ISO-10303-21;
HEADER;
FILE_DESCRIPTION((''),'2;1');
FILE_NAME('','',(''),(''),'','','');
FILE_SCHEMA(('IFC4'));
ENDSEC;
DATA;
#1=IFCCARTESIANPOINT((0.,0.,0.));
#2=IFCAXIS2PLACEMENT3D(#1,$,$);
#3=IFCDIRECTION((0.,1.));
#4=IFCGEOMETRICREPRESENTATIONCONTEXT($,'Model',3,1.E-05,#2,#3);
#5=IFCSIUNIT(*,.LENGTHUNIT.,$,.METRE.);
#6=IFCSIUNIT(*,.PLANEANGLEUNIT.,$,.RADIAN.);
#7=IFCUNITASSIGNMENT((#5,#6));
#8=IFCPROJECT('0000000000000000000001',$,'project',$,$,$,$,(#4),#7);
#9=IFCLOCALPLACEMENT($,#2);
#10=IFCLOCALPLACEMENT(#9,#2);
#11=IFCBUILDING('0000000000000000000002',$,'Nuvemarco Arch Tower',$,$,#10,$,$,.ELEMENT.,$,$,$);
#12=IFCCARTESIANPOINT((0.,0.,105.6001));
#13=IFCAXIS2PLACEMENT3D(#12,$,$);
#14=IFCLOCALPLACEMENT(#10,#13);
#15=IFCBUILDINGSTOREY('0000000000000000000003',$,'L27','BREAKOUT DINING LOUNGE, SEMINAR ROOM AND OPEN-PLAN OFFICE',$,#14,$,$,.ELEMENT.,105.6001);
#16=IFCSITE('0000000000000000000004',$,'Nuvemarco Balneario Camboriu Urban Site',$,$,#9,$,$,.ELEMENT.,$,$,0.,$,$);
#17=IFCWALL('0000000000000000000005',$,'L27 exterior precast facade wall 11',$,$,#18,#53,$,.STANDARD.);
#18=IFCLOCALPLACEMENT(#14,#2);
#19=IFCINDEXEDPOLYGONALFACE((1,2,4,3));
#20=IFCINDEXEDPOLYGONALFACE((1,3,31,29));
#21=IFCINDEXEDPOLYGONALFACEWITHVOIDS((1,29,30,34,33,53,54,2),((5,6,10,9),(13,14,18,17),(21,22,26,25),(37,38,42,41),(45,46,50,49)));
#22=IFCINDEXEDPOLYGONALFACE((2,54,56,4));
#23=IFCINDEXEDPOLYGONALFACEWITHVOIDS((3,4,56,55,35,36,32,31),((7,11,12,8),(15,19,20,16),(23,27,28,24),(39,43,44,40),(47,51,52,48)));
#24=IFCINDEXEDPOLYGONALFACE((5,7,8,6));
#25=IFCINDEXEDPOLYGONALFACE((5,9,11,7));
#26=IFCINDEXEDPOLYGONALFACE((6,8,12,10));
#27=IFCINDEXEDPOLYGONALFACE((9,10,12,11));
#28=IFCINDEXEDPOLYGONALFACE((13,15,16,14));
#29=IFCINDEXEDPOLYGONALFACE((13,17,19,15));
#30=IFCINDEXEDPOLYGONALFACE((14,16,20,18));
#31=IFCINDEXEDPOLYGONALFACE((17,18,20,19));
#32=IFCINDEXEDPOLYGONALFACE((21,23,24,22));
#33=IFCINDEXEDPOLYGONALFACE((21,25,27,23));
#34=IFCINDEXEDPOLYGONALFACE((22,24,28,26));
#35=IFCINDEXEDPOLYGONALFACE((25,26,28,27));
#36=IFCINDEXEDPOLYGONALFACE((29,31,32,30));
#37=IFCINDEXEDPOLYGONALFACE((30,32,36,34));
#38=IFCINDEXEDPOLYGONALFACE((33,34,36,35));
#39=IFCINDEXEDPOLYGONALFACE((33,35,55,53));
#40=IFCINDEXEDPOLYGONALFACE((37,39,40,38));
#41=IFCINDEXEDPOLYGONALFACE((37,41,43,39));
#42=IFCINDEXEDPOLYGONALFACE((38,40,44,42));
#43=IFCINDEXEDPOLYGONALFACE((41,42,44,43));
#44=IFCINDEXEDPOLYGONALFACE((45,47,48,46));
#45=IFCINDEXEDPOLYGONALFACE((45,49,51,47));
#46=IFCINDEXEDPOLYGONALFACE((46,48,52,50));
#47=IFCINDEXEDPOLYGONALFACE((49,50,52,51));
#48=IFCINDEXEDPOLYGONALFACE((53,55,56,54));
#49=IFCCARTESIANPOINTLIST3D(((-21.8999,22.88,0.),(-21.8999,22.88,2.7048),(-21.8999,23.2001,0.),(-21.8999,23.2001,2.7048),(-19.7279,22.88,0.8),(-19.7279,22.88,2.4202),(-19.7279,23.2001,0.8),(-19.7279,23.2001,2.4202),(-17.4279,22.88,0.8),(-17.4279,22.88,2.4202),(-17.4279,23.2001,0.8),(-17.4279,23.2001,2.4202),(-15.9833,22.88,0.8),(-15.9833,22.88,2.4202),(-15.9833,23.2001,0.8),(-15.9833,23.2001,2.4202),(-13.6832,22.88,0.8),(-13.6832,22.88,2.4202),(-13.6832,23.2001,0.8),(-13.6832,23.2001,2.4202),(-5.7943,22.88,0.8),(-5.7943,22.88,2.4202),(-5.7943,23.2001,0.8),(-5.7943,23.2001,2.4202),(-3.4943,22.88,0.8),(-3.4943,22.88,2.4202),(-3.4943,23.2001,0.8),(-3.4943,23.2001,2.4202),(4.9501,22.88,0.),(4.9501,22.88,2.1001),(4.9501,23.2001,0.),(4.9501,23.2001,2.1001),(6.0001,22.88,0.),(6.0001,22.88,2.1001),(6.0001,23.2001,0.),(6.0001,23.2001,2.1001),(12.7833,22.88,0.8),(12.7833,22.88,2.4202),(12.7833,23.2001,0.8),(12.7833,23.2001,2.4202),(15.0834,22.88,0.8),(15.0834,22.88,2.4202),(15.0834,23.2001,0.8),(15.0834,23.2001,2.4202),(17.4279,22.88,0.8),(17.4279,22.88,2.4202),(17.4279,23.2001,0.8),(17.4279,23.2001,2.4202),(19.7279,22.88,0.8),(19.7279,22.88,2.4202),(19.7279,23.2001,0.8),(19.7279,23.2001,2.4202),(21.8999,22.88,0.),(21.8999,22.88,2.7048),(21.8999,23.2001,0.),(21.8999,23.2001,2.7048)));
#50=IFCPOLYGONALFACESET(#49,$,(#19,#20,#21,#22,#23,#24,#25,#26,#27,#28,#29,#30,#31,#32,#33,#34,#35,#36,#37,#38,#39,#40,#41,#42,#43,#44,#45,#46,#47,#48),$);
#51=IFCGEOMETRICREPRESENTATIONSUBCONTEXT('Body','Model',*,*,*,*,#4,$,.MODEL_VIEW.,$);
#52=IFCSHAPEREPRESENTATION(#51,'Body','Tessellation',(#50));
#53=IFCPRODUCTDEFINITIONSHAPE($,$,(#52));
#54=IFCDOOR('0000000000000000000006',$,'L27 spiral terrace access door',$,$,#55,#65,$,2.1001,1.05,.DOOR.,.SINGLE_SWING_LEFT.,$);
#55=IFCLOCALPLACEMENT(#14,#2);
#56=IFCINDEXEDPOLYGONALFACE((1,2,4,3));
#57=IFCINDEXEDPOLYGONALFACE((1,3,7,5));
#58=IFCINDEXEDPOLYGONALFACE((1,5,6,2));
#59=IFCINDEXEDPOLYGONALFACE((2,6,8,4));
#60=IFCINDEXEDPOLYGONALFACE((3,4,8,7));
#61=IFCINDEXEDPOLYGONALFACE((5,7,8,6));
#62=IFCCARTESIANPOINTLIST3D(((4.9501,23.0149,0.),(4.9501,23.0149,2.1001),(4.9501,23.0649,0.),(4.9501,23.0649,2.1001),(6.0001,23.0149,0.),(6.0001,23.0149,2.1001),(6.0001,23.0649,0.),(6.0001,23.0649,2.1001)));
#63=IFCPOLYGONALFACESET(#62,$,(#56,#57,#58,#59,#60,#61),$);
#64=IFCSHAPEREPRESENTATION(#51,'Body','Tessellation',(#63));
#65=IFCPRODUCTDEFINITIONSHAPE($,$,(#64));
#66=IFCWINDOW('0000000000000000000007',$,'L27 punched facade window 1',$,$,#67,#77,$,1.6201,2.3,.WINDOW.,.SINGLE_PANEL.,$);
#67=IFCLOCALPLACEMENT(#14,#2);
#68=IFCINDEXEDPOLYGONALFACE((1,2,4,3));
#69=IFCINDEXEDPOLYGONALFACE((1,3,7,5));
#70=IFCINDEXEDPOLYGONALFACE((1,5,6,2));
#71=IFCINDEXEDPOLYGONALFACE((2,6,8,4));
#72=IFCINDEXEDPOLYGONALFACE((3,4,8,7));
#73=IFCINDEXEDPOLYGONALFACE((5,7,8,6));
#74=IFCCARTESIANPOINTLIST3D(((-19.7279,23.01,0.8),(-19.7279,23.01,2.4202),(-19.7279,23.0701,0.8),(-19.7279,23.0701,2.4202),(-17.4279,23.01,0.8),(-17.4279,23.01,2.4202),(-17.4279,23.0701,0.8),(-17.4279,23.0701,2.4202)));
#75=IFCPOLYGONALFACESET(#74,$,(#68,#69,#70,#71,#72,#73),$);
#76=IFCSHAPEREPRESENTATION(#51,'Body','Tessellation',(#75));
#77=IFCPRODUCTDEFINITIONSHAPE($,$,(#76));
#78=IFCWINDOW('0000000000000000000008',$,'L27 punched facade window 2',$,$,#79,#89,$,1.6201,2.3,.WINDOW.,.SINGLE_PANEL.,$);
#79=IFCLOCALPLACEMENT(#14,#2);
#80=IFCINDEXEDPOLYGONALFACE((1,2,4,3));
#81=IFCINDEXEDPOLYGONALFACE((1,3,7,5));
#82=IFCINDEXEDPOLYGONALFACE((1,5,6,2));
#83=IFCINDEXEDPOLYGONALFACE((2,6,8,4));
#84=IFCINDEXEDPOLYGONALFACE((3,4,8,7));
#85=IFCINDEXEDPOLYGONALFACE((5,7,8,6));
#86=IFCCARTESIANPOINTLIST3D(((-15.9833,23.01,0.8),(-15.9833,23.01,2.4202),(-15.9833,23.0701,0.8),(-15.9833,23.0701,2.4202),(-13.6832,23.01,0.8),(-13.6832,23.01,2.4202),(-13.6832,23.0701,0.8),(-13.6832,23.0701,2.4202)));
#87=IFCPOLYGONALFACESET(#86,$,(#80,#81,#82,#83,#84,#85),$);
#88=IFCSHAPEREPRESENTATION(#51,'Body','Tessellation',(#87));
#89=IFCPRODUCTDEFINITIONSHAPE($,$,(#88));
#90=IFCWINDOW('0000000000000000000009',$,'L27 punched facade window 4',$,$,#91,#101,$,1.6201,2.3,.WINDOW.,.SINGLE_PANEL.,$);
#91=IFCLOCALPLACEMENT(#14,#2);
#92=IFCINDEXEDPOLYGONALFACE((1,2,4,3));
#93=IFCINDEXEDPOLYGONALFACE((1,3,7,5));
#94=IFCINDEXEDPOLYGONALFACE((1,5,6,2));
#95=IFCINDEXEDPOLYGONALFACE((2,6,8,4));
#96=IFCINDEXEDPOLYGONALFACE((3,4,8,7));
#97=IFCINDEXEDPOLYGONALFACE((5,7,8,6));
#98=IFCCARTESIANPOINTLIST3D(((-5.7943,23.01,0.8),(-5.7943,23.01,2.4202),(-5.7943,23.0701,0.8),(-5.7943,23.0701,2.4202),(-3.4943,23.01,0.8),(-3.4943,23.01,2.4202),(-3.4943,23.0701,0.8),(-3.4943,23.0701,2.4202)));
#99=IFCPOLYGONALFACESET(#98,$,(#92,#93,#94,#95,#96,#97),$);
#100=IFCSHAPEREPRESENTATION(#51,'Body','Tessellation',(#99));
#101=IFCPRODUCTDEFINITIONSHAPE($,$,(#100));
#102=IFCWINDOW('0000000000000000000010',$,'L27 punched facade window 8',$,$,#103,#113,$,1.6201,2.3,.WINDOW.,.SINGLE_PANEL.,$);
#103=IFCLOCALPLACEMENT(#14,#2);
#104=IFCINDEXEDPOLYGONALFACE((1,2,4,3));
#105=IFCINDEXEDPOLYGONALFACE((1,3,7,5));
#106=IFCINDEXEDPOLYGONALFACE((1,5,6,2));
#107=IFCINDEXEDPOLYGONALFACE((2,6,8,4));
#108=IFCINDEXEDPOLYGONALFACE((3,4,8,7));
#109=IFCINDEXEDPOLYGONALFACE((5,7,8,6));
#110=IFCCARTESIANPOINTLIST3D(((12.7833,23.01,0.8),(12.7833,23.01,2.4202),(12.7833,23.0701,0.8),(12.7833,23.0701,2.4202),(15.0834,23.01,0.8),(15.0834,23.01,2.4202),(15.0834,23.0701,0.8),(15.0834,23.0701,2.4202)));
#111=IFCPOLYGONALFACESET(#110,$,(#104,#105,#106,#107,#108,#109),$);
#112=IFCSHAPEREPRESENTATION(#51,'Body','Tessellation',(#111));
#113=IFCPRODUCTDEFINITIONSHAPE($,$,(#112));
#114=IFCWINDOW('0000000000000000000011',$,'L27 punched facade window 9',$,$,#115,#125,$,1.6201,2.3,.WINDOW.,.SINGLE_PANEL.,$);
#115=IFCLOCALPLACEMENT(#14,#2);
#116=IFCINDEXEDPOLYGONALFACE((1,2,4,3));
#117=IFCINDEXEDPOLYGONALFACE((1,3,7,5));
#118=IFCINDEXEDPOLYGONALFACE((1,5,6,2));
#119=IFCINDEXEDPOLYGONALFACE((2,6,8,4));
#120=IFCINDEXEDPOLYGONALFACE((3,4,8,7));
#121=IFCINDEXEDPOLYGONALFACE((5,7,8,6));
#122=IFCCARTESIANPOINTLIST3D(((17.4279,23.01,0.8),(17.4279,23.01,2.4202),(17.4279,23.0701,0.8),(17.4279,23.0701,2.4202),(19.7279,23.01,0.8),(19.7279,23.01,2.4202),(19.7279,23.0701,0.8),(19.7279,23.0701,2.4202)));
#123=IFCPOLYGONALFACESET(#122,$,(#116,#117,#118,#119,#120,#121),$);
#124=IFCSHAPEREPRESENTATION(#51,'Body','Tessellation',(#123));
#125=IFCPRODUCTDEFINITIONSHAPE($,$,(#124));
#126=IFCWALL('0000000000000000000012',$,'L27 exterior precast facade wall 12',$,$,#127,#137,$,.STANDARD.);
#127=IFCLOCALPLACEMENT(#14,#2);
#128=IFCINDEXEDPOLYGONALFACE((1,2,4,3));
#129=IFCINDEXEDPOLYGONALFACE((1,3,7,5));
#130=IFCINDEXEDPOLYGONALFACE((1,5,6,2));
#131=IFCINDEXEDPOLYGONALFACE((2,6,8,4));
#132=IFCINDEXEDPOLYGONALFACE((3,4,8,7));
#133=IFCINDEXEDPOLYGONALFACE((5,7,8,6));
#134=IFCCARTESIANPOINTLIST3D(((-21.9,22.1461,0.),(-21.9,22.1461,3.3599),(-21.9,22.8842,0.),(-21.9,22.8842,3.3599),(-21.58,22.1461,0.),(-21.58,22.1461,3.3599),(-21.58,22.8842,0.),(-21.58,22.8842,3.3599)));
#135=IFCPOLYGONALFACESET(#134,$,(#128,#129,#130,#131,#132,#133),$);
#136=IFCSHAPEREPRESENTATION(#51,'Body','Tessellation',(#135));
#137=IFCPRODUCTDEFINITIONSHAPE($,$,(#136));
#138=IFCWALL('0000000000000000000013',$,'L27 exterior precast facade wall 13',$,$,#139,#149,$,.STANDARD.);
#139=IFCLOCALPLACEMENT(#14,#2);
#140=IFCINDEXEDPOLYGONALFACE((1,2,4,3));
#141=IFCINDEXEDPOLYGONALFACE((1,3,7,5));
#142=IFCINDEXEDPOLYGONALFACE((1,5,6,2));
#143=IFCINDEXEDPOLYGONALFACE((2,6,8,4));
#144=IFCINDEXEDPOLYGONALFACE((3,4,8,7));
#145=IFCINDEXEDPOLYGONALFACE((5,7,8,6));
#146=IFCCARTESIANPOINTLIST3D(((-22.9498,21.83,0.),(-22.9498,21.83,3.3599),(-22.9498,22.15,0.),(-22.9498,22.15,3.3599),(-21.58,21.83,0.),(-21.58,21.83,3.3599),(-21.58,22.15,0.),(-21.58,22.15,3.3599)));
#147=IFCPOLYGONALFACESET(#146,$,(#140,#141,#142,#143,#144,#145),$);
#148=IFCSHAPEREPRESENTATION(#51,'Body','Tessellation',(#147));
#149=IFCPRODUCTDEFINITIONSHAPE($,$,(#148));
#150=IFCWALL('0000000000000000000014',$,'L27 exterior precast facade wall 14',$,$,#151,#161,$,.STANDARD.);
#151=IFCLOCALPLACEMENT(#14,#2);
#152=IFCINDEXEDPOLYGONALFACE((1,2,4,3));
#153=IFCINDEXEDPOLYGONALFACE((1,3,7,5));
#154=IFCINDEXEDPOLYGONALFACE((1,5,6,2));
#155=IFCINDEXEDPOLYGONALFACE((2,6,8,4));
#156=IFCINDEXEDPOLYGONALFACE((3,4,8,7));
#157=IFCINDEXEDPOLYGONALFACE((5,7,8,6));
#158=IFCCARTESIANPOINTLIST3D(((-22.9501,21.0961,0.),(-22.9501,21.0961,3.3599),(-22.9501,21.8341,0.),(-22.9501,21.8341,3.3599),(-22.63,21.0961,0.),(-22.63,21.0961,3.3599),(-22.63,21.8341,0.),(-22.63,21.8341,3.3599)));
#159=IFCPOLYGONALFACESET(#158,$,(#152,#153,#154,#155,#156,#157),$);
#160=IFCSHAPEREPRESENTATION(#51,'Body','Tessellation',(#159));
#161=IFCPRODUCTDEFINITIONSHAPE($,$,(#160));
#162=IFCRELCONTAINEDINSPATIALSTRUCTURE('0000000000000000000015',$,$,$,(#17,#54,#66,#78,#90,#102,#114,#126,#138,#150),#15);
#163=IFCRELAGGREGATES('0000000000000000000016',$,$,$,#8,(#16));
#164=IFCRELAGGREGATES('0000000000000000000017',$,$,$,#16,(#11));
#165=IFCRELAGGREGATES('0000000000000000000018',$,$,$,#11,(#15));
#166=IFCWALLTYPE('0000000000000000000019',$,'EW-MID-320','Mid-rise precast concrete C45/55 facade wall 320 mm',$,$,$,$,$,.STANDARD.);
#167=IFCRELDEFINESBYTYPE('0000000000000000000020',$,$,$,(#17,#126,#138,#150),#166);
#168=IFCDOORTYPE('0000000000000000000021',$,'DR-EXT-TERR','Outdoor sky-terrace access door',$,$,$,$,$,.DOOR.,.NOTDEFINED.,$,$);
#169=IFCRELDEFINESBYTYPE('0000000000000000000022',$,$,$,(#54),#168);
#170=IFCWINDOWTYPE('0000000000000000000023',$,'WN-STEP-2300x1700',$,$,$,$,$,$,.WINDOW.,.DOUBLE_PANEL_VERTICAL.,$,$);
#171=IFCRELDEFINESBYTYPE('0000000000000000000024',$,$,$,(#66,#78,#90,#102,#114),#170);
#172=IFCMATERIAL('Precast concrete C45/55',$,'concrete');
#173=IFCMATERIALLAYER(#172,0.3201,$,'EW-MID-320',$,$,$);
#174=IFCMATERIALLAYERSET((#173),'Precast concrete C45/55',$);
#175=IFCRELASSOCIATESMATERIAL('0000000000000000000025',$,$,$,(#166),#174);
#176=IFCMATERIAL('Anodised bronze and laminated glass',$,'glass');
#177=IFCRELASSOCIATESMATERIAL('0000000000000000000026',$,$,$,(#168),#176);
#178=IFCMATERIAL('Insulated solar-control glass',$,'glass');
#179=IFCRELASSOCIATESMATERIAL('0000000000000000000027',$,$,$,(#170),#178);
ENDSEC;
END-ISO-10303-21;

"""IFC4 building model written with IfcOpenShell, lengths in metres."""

from ifc_helpers import new_model, si_unit, direction, frame, frame_2d, origin, place, context, subcontext, project, spatial, rectangle, extrude, source, transform, mapped, material, layer, layer_set, type_object, type_shapes, element, fill, save


model = new_model("IFC4")

# Units and contexts
model_context = context("Model", 3, precision=1e-05, world=origin(), true_north=direction((0.0, 1.0)))
body_context = subcontext(model_context, "Body", "Model", "MODEL_VIEW")
ifc_project = project(units=[si_unit("LENGTHUNIT", "METRE"), si_unit("PLANEANGLEUNIT", "RADIAN")], contexts=[model_context])

# Site, building, storey
site_placement = place(None, origin())
site = spatial("IfcSite", under=ifc_project, at=site_placement, Name="Nuvemarco Balneario Camboriu Urban Site", CompositionType="ELEMENT", RefElevation=0.0)
building_placement = place(site_placement, origin())
building = spatial("IfcBuilding", under=site, at=building_placement, Name="Nuvemarco Arch Tower", CompositionType="ELEMENT")
storey_placement = place(building_placement, frame((0.0, 0.0, 105.6001)))
storey = spatial("IfcBuildingStorey", under=building, at=storey_placement, Name="L27", Description="BREAKOUT DINING LOUNGE, SEMINAR ROOM AND OPEN-PLAN OFFICE", CompositionType="ELEMENT", Elevation=105.6001)

# Wall, openings, door, windows
ifc_material_1 = material(Name="Precast concrete C45/55", Category="concrete")
ifc_layer = layer(ifc_material_1, 0.3201, Name="EW-MID-320")
ifc_layer_set = layer_set([ifc_layer], Name="Precast concrete C45/55")
wall_type = type_object("IfcWallType", Name="EW-MID-320", Description="Mid-rise precast concrete C45/55 facade wall 320 mm", PredefinedType="STANDARD", material=ifc_layer_set)
wall_1_placement = place(storey_placement, frame((-21.8999, 23.04, 0.0), z_axis=(0.0, 0.0, 1.0), x_axis=(1.0, 0.0, 0.0)))
wall_1 = element("IfcWall", 1, at=wall_1_placement, inside=storey, type_object=wall_type, Name="L27 exterior precast facade wall 11", PredefinedType="STANDARD", context=body_context, shape_type="SweptSolid", body=[
    extrude(rectangle(XDim=43.7998, YDim=0.3201, at=frame_2d((21.8999, 0.0))), origin(), (0.0, 0.0, 1.0), 2.7048),
])
opening_1_placement = place(wall_1_placement, frame((26.8501, 0.0, 0.0)))
opening_1 = element("IfcOpeningElement", 2, at=opening_1_placement, cuts=wall_1, PredefinedType="OPENING", context=body_context, shape_type="SweptSolid", body=[
    extrude(rectangle(XDim=1.05, YDim=2.1001, at=frame_2d((0.5249, 1.05))), frame((0.0, 0.1699, 0.0), z_axis=(0.0, -1.0, 0.0), x_axis=(1.0, 0.0, 0.0)), (0.0, 0.0, 1.0), 0.3401),
])
opening_2_placement = place(wall_1_placement, frame((2.1721, 0.0, 0.8)))
opening_2 = element("IfcOpeningElement", 3, at=opening_2_placement, cuts=wall_1, PredefinedType="OPENING", context=body_context, shape_type="SweptSolid", body=[
    extrude(rectangle(XDim=2.3, YDim=1.6201, at=frame_2d((1.1499, 0.8101))), frame((0.0, 0.1699, 0.0), z_axis=(0.0, -1.0, 0.0), x_axis=(1.0, 0.0, 0.0)), (0.0, 0.0, 1.0), 0.3401),
])
opening_3_placement = place(wall_1_placement, frame((5.9167, 0.0, 0.8)))
opening_3 = element("IfcOpeningElement", 4, at=opening_3_placement, cuts=wall_1, PredefinedType="OPENING", context=body_context, shape_type="SweptSolid", body=[
    extrude(rectangle(XDim=2.3, YDim=1.6201, at=frame_2d((1.1499, 0.8101))), frame((0.0, 0.1699, 0.0), z_axis=(0.0, -1.0, 0.0), x_axis=(1.0, 0.0, 0.0)), (0.0, 0.0, 1.0), 0.3401),
])
opening_4_placement = place(wall_1_placement, frame((16.1057, 0.0, 0.8)))
opening_4 = element("IfcOpeningElement", 5, at=opening_4_placement, cuts=wall_1, PredefinedType="OPENING", context=body_context, shape_type="SweptSolid", body=[
    extrude(rectangle(XDim=2.3, YDim=1.6201, at=frame_2d((1.1499, 0.8101))), frame((0.0, 0.1699, 0.0), z_axis=(0.0, -1.0, 0.0), x_axis=(1.0, 0.0, 0.0)), (0.0, 0.0, 1.0), 0.3401),
])
opening_5_placement = place(wall_1_placement, frame((34.6833, 0.0, 0.8)))
opening_5 = element("IfcOpeningElement", 6, at=opening_5_placement, cuts=wall_1, PredefinedType="OPENING", context=body_context, shape_type="SweptSolid", body=[
    extrude(rectangle(XDim=2.3, YDim=1.6201, at=frame_2d((1.1499, 0.8101))), frame((0.0, 0.1699, 0.0), z_axis=(0.0, -1.0, 0.0), x_axis=(1.0, 0.0, 0.0)), (0.0, 0.0, 1.0), 0.3401),
])
opening_6_placement = place(wall_1_placement, frame((39.3279, 0.0, 0.8)))
opening_6 = element("IfcOpeningElement", 7, at=opening_6_placement, cuts=wall_1, PredefinedType="OPENING", context=body_context, shape_type="SweptSolid", body=[
    extrude(rectangle(XDim=2.3, YDim=1.6201, at=frame_2d((1.1499, 0.8101))), frame((0.0, 0.1699, 0.0), z_axis=(0.0, -1.0, 0.0), x_axis=(1.0, 0.0, 0.0)), (0.0, 0.0, 1.0), 0.3401),
])
ifc_material_2 = material(Name="Anodised bronze and laminated glass", Category="glass")
door_type = type_object("IfcDoorType", Name="DR-EXT-TERR", Description="Outdoor sky-terrace access door", OperationType="NOTDEFINED", PredefinedType="DOOR", material=ifc_material_2)
shared_shape_1 = source(origin(), body_context, "Body", "SweptSolid", [
    extrude(rectangle(XDim=1.05, YDim=2.1001, at=frame_2d((0.5249, 1.05))), frame((0.0, 0.0249, 0.0), z_axis=(0.0, -1.0, 0.0), x_axis=(1.0, 0.0, 0.0)), (0.0, 0.0, 1.0), 0.05),
])
type_shapes(door_type, [shared_shape_1])
door_placement = place(opening_1_placement, origin())
door = element("IfcDoor", 8, at=door_placement, inside=storey, type_object=door_type, Name="L27 spiral terrace access door", OperationType="SINGLE_SWING_LEFT", OverallHeight=2.1001, OverallWidth=1.05, PredefinedType="DOOR", context=body_context, shape_type="MappedRepresentation", body=[
    mapped(shared_shape_1, transform((0.0, 0.0, 0.0), scale=1.0)),
])
fill(opening_1, door)
ifc_material_3 = material(Name="Insulated solar-control glass", Category="glass")
window_type = type_object("IfcWindowType", Name="WN-STEP-2300x1700", PartitioningType="DOUBLE_PANEL_VERTICAL", PredefinedType="WINDOW", material=ifc_material_3)
shared_shape_2 = source(origin(), body_context, "Body", "SweptSolid", [
    extrude(rectangle(XDim=2.3, YDim=1.6201, at=frame_2d((1.1499, 0.8101))), frame((0.0, 0.03, 0.0), z_axis=(0.0, -1.0, 0.0), x_axis=(1.0, 0.0, 0.0)), (0.0, 0.0, 1.0), 0.0601),
])
type_shapes(window_type, [shared_shape_2])
window_1_placement = place(opening_2_placement, origin())
window_1 = element("IfcWindow", 9, at=window_1_placement, inside=storey, type_object=window_type, Name="L27 punched facade window 1", OverallHeight=1.6201, OverallWidth=2.3, PartitioningType="SINGLE_PANEL", PredefinedType="WINDOW", context=body_context, shape_type="MappedRepresentation", body=[
    mapped(shared_shape_2, transform((0.0, 0.0, 0.0), scale=1.0)),
])
fill(opening_2, window_1)
window_2_placement = place(opening_3_placement, origin())
window_2 = element("IfcWindow", 10, at=window_2_placement, inside=storey, type_object=window_type, Name="L27 punched facade window 2", OverallHeight=1.6201, OverallWidth=2.3, PartitioningType="SINGLE_PANEL", PredefinedType="WINDOW", context=body_context, shape_type="MappedRepresentation", body=[
    mapped(shared_shape_2, transform((0.0, 0.0, 0.0), scale=1.0)),
])
fill(opening_3, window_2)
window_3_placement = place(opening_4_placement, origin())
window_3 = element("IfcWindow", 11, at=window_3_placement, inside=storey, type_object=window_type, Name="L27 punched facade window 4", OverallHeight=1.6201, OverallWidth=2.3, PartitioningType="SINGLE_PANEL", PredefinedType="WINDOW", context=body_context, shape_type="MappedRepresentation", body=[
    mapped(shared_shape_2, transform((0.0, 0.0, 0.0), scale=1.0)),
])
fill(opening_4, window_3)
window_4_placement = place(opening_5_placement, origin())
window_4 = element("IfcWindow", 12, at=window_4_placement, inside=storey, type_object=window_type, Name="L27 punched facade window 8", OverallHeight=1.6201, OverallWidth=2.3, PartitioningType="SINGLE_PANEL", PredefinedType="WINDOW", context=body_context, shape_type="MappedRepresentation", body=[
    mapped(shared_shape_2, transform((0.0, 0.0, 0.0), scale=1.0)),
])
fill(opening_5, window_4)
window_5_placement = place(opening_6_placement, origin())
window_5 = element("IfcWindow", 13, at=window_5_placement, inside=storey, type_object=window_type, Name="L27 punched facade window 9", OverallHeight=1.6201, OverallWidth=2.3, PartitioningType="SINGLE_PANEL", PredefinedType="WINDOW", context=body_context, shape_type="MappedRepresentation", body=[
    mapped(shared_shape_2, transform((0.0, 0.0, 0.0), scale=1.0)),
])
fill(opening_6, window_5)

# Walls
wall_2_placement = place(storey_placement, frame((-21.74, 22.146, 0.0), z_axis=(0.0, 0.0, 1.0), x_axis=(0.0, 1.0, 0.0)))
element("IfcWall", 14, at=wall_2_placement, inside=storey, type_object=wall_type, Name="L27 exterior precast facade wall 12", PredefinedType="STANDARD", context=body_context, shape_type="SweptSolid", body=[
    extrude(rectangle(XDim=0.738, YDim=0.3201, at=frame_2d((0.3691, 0.0))), origin(), (0.0, 0.0, 1.0), 3.3599),
])
wall_3_placement = place(storey_placement, frame((-22.95, 21.99, 0.0), z_axis=(0.0, 0.0, 1.0), x_axis=(1.0, 0.0, 0.0)))
element("IfcWall", 15, at=wall_3_placement, inside=storey, type_object=wall_type, Name="L27 exterior precast facade wall 13", PredefinedType="STANDARD", context=body_context, shape_type="SweptSolid", body=[
    extrude(rectangle(XDim=1.3699, YDim=0.3201, at=frame_2d((0.6851, 0.0))), origin(), (0.0, 0.0, 1.0), 3.3599),
])
wall_4_placement = place(storey_placement, frame((-22.79, 21.0959, 0.0), z_axis=(0.0, 0.0, 1.0), x_axis=(0.0, 1.0, 0.0)))
element("IfcWall", 16, at=wall_4_placement, inside=storey, type_object=wall_type, Name="L27 exterior precast facade wall 14", PredefinedType="STANDARD", context=body_context, shape_type="SweptSolid", body=[
    extrude(rectangle(XDim=0.738, YDim=0.3201, at=frame_2d((0.3691, 0.0))), origin(), (0.0, 0.0, 1.0), 3.3599),
])

save(model, "model.ifc")
